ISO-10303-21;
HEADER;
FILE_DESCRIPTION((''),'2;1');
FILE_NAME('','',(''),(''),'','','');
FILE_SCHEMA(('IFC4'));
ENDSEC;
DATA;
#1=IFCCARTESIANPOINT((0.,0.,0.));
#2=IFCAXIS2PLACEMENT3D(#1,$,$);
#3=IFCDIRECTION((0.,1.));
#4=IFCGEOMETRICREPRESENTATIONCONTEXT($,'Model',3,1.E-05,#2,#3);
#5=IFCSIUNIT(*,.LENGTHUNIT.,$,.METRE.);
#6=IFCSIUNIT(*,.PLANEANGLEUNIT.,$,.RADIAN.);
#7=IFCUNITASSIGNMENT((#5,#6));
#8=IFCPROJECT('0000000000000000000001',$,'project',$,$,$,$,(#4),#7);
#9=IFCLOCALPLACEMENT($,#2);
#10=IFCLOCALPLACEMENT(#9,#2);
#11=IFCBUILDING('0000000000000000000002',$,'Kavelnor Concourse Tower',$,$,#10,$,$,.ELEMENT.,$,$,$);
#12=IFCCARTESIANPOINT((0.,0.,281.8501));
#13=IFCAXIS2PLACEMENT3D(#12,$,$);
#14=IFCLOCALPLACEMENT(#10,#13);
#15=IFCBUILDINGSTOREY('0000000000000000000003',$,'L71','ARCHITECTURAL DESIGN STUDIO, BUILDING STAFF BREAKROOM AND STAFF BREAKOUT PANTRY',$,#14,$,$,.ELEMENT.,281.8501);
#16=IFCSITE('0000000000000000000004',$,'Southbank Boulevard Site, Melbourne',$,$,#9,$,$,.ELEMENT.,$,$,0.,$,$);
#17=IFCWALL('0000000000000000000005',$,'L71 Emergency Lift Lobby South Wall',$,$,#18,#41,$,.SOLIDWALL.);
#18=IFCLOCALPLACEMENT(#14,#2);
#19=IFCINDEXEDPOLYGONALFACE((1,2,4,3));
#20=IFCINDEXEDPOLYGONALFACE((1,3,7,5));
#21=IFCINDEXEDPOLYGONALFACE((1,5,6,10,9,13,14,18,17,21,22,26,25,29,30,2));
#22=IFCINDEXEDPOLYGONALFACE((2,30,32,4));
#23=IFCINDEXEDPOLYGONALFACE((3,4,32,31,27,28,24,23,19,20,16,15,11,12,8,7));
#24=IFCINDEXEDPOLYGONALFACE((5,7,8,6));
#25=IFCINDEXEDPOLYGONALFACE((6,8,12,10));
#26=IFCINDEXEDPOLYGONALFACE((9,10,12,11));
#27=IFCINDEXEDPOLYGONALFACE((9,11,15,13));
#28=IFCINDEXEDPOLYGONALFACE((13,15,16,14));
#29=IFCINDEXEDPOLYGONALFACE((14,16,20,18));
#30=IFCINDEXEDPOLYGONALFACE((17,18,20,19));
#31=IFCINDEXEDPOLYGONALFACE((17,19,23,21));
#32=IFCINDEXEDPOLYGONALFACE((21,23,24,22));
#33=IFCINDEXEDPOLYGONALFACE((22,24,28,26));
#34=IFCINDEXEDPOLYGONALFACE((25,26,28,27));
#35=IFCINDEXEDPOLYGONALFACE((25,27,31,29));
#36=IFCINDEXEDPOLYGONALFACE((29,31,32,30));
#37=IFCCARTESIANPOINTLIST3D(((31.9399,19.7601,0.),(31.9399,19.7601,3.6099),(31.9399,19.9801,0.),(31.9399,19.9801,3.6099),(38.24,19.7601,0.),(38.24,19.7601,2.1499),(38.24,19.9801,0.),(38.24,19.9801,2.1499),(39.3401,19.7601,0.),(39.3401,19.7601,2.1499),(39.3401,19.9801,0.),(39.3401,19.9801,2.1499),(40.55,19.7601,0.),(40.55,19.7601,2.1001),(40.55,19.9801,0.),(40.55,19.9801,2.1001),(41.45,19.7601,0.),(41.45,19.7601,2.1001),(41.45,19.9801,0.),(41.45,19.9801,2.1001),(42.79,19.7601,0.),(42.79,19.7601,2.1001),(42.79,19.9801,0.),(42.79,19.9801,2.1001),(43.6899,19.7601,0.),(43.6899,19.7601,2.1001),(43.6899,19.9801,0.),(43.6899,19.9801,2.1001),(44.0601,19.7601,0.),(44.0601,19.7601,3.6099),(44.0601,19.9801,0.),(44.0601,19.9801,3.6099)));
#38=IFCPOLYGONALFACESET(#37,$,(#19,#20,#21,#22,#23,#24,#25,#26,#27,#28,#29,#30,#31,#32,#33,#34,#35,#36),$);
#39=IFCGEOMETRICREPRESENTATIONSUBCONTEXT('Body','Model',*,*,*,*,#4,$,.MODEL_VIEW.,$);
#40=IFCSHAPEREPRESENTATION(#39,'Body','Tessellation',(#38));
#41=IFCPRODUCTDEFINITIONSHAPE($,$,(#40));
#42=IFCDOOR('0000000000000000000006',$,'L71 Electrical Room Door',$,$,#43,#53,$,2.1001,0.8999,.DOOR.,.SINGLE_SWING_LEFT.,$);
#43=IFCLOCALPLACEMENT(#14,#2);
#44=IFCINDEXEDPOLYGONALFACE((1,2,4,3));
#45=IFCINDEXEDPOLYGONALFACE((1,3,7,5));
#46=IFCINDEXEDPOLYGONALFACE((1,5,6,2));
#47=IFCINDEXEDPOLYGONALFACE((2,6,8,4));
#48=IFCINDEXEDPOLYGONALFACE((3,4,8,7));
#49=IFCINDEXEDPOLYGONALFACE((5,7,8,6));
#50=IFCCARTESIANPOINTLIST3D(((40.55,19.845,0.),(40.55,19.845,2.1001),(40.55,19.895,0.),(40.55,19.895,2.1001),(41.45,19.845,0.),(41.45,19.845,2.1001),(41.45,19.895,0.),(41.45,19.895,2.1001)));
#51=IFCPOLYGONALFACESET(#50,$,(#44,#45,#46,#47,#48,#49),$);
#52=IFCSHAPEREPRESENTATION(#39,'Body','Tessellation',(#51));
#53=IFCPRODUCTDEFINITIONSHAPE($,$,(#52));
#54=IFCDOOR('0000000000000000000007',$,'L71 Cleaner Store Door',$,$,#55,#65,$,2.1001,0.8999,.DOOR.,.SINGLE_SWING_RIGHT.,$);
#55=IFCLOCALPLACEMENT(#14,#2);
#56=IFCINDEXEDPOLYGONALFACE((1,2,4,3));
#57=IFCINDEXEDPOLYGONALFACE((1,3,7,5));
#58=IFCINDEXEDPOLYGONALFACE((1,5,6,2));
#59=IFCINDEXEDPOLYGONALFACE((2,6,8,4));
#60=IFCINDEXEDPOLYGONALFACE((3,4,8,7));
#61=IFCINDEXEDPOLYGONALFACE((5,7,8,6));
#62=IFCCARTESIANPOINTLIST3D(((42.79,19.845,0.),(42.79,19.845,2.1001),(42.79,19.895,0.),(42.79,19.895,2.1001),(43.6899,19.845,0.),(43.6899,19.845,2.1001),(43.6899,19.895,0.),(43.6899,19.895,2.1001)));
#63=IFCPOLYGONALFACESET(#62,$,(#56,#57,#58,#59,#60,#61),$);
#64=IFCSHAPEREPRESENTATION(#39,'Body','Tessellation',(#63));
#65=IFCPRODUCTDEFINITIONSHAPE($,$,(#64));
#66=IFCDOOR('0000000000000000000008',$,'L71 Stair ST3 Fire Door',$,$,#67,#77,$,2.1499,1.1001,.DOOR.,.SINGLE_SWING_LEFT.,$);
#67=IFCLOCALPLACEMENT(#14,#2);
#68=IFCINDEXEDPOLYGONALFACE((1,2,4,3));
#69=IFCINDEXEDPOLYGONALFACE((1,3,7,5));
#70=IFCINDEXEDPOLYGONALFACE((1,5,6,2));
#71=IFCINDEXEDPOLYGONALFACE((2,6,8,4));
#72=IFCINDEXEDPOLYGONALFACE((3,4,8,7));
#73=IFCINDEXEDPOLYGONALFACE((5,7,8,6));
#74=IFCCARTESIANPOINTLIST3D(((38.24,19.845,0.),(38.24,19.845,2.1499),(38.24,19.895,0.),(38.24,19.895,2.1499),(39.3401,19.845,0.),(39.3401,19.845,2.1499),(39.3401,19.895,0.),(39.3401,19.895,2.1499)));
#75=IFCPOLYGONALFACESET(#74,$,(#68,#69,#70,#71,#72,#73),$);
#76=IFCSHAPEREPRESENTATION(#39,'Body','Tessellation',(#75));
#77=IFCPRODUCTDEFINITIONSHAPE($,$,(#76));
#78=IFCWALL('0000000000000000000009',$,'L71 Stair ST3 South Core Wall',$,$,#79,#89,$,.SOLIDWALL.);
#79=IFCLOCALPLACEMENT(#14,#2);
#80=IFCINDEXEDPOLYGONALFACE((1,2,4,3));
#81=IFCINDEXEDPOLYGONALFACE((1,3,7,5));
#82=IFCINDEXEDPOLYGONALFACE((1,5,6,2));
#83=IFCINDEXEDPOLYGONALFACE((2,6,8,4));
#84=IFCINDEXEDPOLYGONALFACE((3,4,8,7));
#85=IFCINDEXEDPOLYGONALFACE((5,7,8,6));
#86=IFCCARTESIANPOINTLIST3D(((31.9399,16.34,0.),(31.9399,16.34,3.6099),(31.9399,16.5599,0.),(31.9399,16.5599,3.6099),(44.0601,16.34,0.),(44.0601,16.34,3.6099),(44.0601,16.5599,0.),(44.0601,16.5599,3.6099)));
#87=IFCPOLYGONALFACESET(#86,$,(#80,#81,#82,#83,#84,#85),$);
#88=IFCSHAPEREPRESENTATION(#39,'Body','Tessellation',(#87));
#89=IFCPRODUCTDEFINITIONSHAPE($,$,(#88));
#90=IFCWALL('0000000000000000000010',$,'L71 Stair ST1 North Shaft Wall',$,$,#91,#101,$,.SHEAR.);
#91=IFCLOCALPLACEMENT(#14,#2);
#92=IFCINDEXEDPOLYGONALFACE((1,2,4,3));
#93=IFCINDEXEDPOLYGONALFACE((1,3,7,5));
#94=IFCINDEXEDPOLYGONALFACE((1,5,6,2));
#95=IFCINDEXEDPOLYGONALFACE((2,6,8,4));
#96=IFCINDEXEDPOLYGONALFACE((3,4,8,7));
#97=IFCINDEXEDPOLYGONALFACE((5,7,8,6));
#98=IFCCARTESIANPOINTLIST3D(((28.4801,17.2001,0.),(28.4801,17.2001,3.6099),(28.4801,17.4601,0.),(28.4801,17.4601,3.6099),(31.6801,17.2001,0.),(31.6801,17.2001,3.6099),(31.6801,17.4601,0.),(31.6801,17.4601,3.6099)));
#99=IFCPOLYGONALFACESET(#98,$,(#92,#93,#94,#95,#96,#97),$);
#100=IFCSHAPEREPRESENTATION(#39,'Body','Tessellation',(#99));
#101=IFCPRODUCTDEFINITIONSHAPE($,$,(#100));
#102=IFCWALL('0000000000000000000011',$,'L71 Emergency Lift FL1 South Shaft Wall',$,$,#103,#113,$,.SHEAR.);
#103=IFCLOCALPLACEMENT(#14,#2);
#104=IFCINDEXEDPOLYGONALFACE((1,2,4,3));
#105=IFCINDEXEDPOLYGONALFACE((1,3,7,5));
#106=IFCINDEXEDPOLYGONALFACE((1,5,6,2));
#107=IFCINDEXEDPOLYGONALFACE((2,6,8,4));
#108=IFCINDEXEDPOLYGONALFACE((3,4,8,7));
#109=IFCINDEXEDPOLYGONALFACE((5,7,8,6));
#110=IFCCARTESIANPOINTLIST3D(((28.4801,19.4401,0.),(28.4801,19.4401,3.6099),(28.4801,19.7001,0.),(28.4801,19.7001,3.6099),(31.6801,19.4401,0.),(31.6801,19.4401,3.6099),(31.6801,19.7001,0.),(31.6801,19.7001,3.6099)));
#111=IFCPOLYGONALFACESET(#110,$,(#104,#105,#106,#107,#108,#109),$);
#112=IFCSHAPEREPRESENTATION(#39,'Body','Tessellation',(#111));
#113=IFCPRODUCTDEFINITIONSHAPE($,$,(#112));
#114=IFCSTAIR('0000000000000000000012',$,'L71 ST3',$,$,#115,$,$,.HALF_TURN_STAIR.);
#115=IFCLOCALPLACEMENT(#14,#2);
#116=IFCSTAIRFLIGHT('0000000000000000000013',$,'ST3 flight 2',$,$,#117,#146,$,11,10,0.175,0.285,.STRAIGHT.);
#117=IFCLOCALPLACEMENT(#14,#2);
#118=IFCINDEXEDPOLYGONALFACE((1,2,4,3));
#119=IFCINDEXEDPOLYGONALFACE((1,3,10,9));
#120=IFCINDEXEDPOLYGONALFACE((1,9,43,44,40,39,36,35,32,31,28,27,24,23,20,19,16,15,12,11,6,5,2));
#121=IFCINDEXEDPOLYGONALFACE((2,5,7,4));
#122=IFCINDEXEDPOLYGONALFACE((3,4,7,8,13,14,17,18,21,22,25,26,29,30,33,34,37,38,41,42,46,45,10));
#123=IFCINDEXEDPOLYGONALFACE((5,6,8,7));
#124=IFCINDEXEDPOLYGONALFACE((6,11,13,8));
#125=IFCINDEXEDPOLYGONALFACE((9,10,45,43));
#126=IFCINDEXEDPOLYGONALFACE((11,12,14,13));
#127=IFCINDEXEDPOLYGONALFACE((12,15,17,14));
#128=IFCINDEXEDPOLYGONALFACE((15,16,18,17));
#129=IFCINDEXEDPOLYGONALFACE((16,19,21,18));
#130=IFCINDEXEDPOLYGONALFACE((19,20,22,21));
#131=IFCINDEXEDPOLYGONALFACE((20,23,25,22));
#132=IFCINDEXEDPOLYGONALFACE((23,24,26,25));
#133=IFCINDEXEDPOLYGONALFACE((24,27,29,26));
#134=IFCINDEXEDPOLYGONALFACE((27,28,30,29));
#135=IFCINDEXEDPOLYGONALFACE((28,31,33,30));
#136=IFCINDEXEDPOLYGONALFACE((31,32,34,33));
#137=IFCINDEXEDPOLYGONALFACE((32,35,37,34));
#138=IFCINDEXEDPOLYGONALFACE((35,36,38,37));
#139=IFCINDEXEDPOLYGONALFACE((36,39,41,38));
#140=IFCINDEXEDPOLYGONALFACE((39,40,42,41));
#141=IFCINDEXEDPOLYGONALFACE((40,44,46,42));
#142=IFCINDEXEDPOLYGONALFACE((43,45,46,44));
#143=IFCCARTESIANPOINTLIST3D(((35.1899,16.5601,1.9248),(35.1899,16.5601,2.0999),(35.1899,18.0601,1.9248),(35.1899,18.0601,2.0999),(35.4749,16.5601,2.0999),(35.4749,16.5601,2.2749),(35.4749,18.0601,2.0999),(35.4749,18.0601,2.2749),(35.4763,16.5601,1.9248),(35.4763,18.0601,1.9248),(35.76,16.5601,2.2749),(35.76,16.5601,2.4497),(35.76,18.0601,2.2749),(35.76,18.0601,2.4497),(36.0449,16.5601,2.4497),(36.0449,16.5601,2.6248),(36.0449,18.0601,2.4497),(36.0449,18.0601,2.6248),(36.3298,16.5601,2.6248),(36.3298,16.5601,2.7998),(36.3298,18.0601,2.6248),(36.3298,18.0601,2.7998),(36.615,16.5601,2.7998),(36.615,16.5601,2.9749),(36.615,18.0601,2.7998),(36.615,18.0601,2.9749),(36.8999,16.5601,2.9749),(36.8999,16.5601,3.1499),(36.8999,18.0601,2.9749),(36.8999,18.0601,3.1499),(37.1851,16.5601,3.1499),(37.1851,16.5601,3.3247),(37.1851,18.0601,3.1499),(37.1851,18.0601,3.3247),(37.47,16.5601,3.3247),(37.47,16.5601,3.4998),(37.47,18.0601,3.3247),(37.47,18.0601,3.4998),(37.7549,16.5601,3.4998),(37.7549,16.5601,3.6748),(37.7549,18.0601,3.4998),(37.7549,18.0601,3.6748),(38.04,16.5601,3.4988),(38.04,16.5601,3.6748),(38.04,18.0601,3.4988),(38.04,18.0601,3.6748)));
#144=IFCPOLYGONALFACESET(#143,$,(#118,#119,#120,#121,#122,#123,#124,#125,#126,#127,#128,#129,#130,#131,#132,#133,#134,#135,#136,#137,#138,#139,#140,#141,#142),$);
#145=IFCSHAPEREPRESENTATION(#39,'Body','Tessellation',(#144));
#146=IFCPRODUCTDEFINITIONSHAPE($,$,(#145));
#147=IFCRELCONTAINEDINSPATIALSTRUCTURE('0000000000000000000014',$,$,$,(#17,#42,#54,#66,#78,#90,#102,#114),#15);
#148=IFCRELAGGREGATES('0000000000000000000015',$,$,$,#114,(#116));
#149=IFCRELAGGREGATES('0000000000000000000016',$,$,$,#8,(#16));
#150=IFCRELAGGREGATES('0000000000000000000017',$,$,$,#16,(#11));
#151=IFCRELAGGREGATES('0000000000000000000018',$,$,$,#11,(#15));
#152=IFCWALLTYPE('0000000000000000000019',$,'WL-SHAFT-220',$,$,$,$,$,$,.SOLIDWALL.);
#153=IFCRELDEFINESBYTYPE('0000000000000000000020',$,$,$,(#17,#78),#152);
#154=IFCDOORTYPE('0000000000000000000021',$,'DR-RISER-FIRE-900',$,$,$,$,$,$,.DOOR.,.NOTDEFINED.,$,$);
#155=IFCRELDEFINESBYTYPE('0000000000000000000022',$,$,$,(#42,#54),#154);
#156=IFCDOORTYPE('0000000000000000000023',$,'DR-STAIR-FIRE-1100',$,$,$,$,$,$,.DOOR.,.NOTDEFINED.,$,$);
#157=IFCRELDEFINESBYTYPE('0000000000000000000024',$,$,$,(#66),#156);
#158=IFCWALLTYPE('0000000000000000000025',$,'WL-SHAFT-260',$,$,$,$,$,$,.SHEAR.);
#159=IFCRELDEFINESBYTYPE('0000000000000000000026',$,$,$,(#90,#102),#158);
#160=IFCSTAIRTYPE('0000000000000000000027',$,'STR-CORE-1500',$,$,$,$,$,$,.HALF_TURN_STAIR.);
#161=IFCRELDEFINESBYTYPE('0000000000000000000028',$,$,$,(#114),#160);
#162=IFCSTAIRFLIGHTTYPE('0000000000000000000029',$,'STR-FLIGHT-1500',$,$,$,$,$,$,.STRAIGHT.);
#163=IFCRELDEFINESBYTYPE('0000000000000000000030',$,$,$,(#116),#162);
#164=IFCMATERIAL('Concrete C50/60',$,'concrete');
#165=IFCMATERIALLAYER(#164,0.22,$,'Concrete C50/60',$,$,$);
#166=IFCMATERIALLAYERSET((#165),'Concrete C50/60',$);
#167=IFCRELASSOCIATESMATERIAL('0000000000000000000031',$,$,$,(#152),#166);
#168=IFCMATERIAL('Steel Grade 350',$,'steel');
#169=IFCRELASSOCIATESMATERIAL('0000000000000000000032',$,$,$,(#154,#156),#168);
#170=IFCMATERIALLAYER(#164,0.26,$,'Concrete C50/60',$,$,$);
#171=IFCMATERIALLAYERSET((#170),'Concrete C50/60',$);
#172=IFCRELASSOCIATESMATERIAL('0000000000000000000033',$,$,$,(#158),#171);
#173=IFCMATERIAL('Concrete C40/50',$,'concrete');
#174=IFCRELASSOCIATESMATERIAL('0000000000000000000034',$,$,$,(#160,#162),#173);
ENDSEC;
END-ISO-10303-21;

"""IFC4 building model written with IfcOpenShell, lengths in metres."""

from ifc_helpers import new_model, si_unit, direction, frame, frame_2d, origin, place, context, subcontext, project, spatial, polyline, rectangle, outline, extrude, material, layer, layer_set, type_object, element, fill, aggregate, save


model = new_model("IFC4")

# Units and contexts
model_context = context("Model", 3, precision=1e-05, world=origin(), true_north=direction((0.0, 1.0)))
body_context = subcontext(model_context, "Body", "Model", "MODEL_VIEW")
ifc_project = project(units=[si_unit("LENGTHUNIT", "METRE"), si_unit("PLANEANGLEUNIT", "RADIAN")], contexts=[model_context])

# Site, building, storey
site_placement = place(None, origin())
site = spatial("IfcSite", under=ifc_project, at=site_placement, Name="Southbank Boulevard Site, Melbourne", CompositionType="ELEMENT", RefElevation=0.0)
building_placement = place(site_placement, origin())
building = spatial("IfcBuilding", under=site, at=building_placement, Name="Kavelnor Concourse Tower", CompositionType="ELEMENT")
storey_placement = place(building_placement, frame((0.0, 0.0, 281.8501)))
storey = spatial("IfcBuildingStorey", under=building, at=storey_placement, Name="L71", Description="ARCHITECTURAL DESIGN STUDIO, BUILDING STAFF BREAKROOM AND STAFF BREAKOUT PANTRY", CompositionType="ELEMENT", Elevation=281.8501)

# Shared definitions
ifc_material_1 = material(Name="Steel Grade 350", Category="steel")

# Wall, openings, doors
ifc_material_2 = material(Name="Concrete C50/60", Category="concrete")
ifc_layer_1 = layer(ifc_material_2, 0.22, Name="Concrete C50/60")
ifc_layer_set_1 = layer_set([ifc_layer_1], Name="Concrete C50/60")
wall_type_1 = type_object("IfcWallType", Name="WL-SHAFT-220", PredefinedType="SOLIDWALL", material=ifc_layer_set_1)
wall_1_placement = place(storey_placement, frame((31.9399, 19.8701, 0.0), z_axis=(0.0, 0.0, 1.0), x_axis=(1.0, 0.0, 0.0)))
wall_1 = element("IfcWall", 1, at=wall_1_placement, inside=storey, type_object=wall_type_1, Name="L71 Emergency Lift Lobby South Wall", PredefinedType="SOLIDWALL", context=body_context, shape_type="SweptSolid", body=[
    extrude(rectangle(XDim=12.1201, YDim=0.22, at=frame_2d((6.0601, 0.0))), origin(), (0.0, 0.0, 1.0), 3.6099),
])
opening_1_placement = place(wall_1_placement, frame((6.3, 0.0, 0.0)))
opening_1 = element("IfcOpeningElement", 2, at=opening_1_placement, cuts=wall_1, PredefinedType="OPENING", context=body_context, shape_type="SweptSolid", body=[
    extrude(rectangle(XDim=1.1001, YDim=2.1499, at=frame_2d((0.55, 1.075))), frame((0.0, 0.1201, 0.0), z_axis=(0.0, -1.0, 0.0), x_axis=(1.0, 0.0, 0.0)), (0.0, 0.0, 1.0), 0.24),
])
opening_2_placement = place(wall_1_placement, frame((8.6101, 0.0, 0.0)))
opening_2 = element("IfcOpeningElement", 3, at=opening_2_placement, cuts=wall_1, PredefinedType="OPENING", context=body_context, shape_type="SweptSolid", body=[
    extrude(rectangle(XDim=0.8999, YDim=2.1001, at=frame_2d((0.45, 1.05))), frame((0.0, 0.1201, 0.0), z_axis=(0.0, -1.0, 0.0), x_axis=(1.0, 0.0, 0.0)), (0.0, 0.0, 1.0), 0.24),
])
opening_3_placement = place(wall_1_placement, frame((10.8501, 0.0, 0.0)))
opening_3 = element("IfcOpeningElement", 4, at=opening_3_placement, cuts=wall_1, PredefinedType="OPENING", context=body_context, shape_type="SweptSolid", body=[
    extrude(rectangle(XDim=0.8999, YDim=2.1001, at=frame_2d((0.45, 1.05))), frame((0.0, 0.1201, 0.0), z_axis=(0.0, -1.0, 0.0), x_axis=(1.0, 0.0, 0.0)), (0.0, 0.0, 1.0), 0.24),
])
door_type_1 = type_object("IfcDoorType", Name="DR-RISER-FIRE-900", OperationType="NOTDEFINED", PredefinedType="DOOR", material=ifc_material_1)
door_1_placement = place(opening_2_placement, origin())
door_1 = element("IfcDoor", 5, at=door_1_placement, inside=storey, type_object=door_type_1, Name="L71 Electrical Room Door", OperationType="SINGLE_SWING_LEFT", OverallHeight=2.1001, OverallWidth=0.8999, PredefinedType="DOOR", context=body_context, shape_type="SweptSolid", body=[
    extrude(rectangle(XDim=0.8999, YDim=2.1001, at=frame_2d((0.45, 1.05))), frame((0.0, 0.0249, 0.0), z_axis=(0.0, -1.0, 0.0), x_axis=(1.0, 0.0, 0.0)), (0.0, 0.0, 1.0), 0.05),
])
fill(opening_2, door_1)
door_2_placement = place(opening_3_placement, origin())
door_2 = element("IfcDoor", 6, at=door_2_placement, inside=storey, type_object=door_type_1, Name="L71 Cleaner Store Door", OperationType="SINGLE_SWING_RIGHT", OverallHeight=2.1001, OverallWidth=0.8999, PredefinedType="DOOR", context=body_context, shape_type="SweptSolid", body=[
    extrude(rectangle(XDim=0.8999, YDim=2.1001, at=frame_2d((0.45, 1.05))), frame((0.0, 0.0249, 0.0), z_axis=(0.0, -1.0, 0.0), x_axis=(1.0, 0.0, 0.0)), (0.0, 0.0, 1.0), 0.05),
])
fill(opening_3, door_2)
door_type_2 = type_object("IfcDoorType", Name="DR-STAIR-FIRE-1100", OperationType="NOTDEFINED", PredefinedType="DOOR", material=ifc_material_1)
door_3_placement = place(opening_1_placement, origin())
door_3 = element("IfcDoor", 7, at=door_3_placement, inside=storey, type_object=door_type_2, Name="L71 Stair ST3 Fire Door", OperationType="SINGLE_SWING_LEFT", OverallHeight=2.1499, OverallWidth=1.1001, PredefinedType="DOOR", context=body_context, shape_type="SweptSolid", body=[
    extrude(rectangle(XDim=1.1001, YDim=2.1499, at=frame_2d((0.55, 1.075))), frame((0.0, 0.0249, 0.0), z_axis=(0.0, -1.0, 0.0), x_axis=(1.0, 0.0, 0.0)), (0.0, 0.0, 1.0), 0.05),
])
fill(opening_1, door_3)

# Walls
wall_2_placement = place(storey_placement, frame((31.9399, 16.45, 0.0), z_axis=(0.0, 0.0, 1.0), x_axis=(1.0, 0.0, 0.0)))
element("IfcWall", 8, at=wall_2_placement, inside=storey, type_object=wall_type_1, Name="L71 Stair ST3 South Core Wall", PredefinedType="SOLIDWALL", context=body_context, shape_type="SweptSolid", body=[
    extrude(rectangle(XDim=12.1201, YDim=0.22, at=frame_2d((6.0601, 0.0))), origin(), (0.0, 0.0, 1.0), 3.6099),
])
ifc_layer_2 = layer(ifc_material_2, 0.26, Name="Concrete C50/60")
ifc_layer_set_2 = layer_set([ifc_layer_2], Name="Concrete C50/60")
wall_type_2 = type_object("IfcWallType", Name="WL-SHAFT-260", PredefinedType="SHEAR", material=ifc_layer_set_2)
for number, where, z_axis, x_axis, name in (
    (9, (28.48, 17.3301, 0.0), (0.0, 0.0, 1.0), (1.0, 0.0, 0.0), "L71 Stair ST1 North Shaft Wall"),
    (10, (28.48, 19.5701, 0.0), (0.0, 0.0, 1.0), (1.0, 0.0, 0.0), "L71 Emergency Lift FL1 South Shaft Wall"),
):
    element("IfcWall", number, at=place(storey_placement, frame(where, z_axis=z_axis, x_axis=x_axis)), inside=storey, type_object=wall_type_2, Name=name, PredefinedType="SHEAR", context=body_context, shape_type="SweptSolid", body=[
        extrude(rectangle(XDim=3.2, YDim=0.26, at=frame_2d((1.6001, 0.0))), origin(), (0.0, 0.0, 1.0), 3.6099),
    ])

# Stair, stair flight
ifc_material_3 = material(Name="Concrete C40/50", Category="concrete")
stair_type = type_object("IfcStairType", Name="STR-CORE-1500", PredefinedType="HALF_TURN_STAIR", material=ifc_material_3)
stair_placement = place(storey_placement, origin())
stair = element("IfcStair", 11, at=stair_placement, inside=storey, type_object=stair_type, Name="L71 ST3", PredefinedType="HALF_TURN_STAIR")
stair_flight_type = type_object("IfcStairFlightType", Name="STR-FLIGHT-1500", PredefinedType="STRAIGHT", material=ifc_material_3)
stair_flight_placement = place(storey_placement, frame((35.1899, 17.3101, 1.9248), z_axis=(0.0, 0.0, 1.0), x_axis=(1.0, 0.0, 0.0)))
stair_flight = element("IfcStairFlight", 12, at=stair_flight_placement, type_object=stair_flight_type, Name="ST3 flight 2", NumberOfRisers=11, NumberOfTreads=10, PredefinedType="STRAIGHT", RiserHeight=0.175, TreadLength=0.285, context=body_context, shape_type="SweptSolid", body=[
    extrude(outline(polyline([(0.0, 0.0), (0.0, 0.175), (0.2849, 0.175), (0.2849, 0.3501), (0.5701, 0.3501), (0.5701, 0.5249), (0.855, 0.5249), (0.855, 0.7), (1.1399, 0.7), (1.1399, 0.875), (1.425, 0.875), (1.425, 1.05), (1.71, 1.05), (1.71, 1.2251), (1.9951, 1.2251), (1.9951, 1.3999), (2.28, 1.3999), (2.28, 1.575), (2.5649, 1.575), (2.5649, 1.75), (2.8501, 1.75), (2.8501, 1.925), (2.8501, 1.574), (0.2864, 0.0), (0.0, 0.0)])), frame((0.0, 0.75, 0.0), z_axis=(0.0, -1.0, 0.0), x_axis=(1.0, 0.0, 0.0)), (0.0, 0.0, 1.0), 1.5),
])
aggregate(stair, [stair_flight])

save(model, "model.ifc")
